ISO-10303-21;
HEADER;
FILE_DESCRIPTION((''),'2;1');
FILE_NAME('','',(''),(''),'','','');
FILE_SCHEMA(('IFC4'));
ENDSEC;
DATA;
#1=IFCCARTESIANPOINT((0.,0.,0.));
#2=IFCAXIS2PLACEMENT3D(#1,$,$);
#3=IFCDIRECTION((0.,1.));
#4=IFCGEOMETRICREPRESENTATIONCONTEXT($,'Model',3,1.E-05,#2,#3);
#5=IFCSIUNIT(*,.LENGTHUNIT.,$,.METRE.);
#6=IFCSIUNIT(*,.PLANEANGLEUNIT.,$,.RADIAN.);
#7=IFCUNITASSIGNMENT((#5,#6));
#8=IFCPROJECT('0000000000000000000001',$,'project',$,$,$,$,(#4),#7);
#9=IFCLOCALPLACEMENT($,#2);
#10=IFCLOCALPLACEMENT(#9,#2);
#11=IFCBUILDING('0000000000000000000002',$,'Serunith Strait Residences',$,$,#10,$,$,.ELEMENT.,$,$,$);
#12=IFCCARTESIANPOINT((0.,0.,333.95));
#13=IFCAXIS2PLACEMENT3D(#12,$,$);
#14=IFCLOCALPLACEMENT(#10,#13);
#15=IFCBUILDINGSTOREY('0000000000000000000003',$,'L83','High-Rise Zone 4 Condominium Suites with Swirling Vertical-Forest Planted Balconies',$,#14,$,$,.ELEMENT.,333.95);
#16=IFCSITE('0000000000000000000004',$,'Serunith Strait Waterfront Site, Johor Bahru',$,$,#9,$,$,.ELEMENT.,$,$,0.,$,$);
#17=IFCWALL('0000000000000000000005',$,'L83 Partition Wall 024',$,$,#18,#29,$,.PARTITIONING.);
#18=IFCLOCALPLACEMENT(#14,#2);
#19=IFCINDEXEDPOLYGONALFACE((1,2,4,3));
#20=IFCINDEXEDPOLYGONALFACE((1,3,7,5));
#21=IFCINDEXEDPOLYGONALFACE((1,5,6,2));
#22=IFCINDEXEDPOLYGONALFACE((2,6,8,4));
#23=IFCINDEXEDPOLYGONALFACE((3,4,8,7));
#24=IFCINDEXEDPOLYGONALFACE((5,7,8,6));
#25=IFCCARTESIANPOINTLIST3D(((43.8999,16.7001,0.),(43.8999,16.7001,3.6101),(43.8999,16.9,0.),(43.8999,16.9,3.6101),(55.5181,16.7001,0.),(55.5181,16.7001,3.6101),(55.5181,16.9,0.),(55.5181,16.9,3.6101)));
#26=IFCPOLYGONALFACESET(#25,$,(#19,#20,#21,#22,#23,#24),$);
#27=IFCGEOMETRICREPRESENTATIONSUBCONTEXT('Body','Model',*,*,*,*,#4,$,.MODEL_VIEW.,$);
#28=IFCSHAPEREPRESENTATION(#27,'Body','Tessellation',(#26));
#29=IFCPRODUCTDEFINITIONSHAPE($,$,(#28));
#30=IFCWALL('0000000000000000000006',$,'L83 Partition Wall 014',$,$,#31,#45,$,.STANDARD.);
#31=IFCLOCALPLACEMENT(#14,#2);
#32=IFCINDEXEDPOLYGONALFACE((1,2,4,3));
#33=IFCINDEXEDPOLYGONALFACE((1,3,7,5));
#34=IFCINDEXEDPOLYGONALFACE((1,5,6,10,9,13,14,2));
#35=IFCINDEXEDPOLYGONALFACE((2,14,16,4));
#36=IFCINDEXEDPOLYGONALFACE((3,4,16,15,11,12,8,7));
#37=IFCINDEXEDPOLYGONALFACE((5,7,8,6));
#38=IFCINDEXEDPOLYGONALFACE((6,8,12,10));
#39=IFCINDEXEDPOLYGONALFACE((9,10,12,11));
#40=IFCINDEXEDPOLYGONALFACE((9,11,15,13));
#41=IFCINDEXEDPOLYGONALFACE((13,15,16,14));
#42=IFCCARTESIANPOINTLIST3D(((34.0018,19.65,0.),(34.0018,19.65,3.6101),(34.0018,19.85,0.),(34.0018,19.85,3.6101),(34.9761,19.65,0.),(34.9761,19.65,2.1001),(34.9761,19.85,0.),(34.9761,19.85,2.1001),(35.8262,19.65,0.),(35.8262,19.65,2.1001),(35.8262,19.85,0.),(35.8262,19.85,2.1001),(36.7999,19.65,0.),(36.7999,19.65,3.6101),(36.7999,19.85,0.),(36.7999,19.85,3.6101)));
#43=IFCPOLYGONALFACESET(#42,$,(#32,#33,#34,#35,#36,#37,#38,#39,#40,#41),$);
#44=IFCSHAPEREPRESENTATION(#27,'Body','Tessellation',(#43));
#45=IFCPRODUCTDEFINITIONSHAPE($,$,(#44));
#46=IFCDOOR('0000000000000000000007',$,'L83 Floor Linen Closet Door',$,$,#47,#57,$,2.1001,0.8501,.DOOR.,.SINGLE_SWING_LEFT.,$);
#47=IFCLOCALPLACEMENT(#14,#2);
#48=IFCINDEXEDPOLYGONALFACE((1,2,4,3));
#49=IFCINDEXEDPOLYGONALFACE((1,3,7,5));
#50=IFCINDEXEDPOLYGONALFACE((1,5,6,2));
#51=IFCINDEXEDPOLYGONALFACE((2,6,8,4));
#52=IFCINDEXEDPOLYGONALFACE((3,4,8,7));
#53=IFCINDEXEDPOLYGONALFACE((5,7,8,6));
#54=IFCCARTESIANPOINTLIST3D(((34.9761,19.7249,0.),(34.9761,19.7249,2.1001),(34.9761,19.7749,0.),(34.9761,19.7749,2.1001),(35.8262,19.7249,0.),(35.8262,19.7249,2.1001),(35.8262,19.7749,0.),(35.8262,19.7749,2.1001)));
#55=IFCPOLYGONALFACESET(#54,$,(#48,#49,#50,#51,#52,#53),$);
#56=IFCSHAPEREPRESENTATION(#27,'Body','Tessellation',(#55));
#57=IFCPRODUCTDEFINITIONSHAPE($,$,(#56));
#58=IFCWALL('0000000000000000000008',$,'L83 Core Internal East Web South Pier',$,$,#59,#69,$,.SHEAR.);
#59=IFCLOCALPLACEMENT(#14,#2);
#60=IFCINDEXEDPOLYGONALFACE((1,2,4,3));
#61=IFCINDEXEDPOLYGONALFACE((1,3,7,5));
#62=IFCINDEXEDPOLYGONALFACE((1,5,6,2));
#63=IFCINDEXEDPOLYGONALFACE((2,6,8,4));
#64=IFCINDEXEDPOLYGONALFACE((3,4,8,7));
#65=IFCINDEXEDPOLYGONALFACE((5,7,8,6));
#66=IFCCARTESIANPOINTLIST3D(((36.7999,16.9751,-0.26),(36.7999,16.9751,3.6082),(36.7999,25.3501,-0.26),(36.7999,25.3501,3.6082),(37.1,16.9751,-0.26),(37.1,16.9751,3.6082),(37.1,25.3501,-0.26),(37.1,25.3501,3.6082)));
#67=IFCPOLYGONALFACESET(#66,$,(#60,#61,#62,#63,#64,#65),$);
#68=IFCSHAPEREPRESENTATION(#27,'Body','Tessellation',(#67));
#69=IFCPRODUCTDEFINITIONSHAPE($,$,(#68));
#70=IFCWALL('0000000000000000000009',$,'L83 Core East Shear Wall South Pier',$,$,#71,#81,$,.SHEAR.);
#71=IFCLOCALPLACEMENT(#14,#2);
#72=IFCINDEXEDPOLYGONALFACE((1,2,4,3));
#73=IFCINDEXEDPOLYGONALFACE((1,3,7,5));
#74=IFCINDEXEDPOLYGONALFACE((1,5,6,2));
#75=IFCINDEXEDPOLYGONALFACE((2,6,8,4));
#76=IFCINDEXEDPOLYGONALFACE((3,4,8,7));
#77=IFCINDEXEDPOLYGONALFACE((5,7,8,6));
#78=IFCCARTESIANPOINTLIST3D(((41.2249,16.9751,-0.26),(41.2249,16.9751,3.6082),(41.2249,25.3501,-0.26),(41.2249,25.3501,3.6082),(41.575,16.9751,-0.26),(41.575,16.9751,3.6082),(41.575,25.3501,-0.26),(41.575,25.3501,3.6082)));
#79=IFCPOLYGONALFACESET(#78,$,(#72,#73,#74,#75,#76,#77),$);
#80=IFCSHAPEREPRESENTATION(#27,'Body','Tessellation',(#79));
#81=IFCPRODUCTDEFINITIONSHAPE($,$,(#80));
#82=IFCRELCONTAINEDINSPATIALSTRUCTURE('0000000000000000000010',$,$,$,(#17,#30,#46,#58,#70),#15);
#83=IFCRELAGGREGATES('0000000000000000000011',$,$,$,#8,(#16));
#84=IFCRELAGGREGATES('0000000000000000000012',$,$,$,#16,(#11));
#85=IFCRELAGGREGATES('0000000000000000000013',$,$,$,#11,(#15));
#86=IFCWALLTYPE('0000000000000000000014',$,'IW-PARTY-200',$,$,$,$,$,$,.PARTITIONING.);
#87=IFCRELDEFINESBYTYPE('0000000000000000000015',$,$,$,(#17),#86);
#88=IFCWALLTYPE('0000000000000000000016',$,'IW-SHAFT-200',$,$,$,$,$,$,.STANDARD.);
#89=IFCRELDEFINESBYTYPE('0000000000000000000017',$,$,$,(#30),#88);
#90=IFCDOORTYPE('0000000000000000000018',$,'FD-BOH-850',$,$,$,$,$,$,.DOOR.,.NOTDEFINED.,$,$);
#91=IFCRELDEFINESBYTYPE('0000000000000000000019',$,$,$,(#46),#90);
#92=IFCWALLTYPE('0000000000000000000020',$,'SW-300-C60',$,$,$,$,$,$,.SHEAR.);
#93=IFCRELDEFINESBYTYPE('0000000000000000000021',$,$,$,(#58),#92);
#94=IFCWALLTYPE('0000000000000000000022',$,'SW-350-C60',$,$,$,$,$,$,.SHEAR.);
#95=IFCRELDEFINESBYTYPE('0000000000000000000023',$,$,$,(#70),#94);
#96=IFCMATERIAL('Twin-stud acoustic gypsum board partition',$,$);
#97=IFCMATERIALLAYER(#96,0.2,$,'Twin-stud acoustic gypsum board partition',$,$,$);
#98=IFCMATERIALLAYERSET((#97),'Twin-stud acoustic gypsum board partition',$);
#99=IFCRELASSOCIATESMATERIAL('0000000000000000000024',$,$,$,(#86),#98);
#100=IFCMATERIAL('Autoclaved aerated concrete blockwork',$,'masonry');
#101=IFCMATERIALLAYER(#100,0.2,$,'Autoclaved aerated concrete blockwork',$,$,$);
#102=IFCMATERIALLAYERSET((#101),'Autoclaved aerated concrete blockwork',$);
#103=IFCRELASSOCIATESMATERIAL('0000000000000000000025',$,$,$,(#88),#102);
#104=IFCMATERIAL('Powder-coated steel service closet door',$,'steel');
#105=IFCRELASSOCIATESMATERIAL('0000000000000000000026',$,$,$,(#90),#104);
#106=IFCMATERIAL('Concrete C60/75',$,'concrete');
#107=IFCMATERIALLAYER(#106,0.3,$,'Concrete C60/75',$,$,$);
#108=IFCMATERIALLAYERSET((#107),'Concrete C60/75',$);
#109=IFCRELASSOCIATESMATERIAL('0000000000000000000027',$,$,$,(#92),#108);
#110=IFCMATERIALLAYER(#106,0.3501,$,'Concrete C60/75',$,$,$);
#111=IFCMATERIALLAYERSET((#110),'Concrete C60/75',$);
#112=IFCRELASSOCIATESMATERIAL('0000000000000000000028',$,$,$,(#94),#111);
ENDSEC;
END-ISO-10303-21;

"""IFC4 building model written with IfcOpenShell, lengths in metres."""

from ifc_helpers import new_model, si_unit, direction, frame, frame_2d, origin, place, context, subcontext, project, spatial, rectangle, extrude, source, transform, mapped, material, layer, layer_set, type_object, element, fill, save


model = new_model("IFC4")

# Units and contexts
model_context = context("Model", 3, precision=1e-05, world=origin(), true_north=direction((0.0, 1.0)))
body_context = subcontext(model_context, "Body", "Model", "MODEL_VIEW")
ifc_project = project(units=[si_unit("LENGTHUNIT", "METRE"), si_unit("PLANEANGLEUNIT", "RADIAN")], contexts=[model_context])

# Site, building, storey
site_placement = place(None, origin())
site = spatial("IfcSite", under=ifc_project, at=site_placement, Name="Serunith Strait Waterfront Site, Johor Bahru", CompositionType="ELEMENT", RefElevation=0.0)
building_placement = place(site_placement, origin())
building = spatial("IfcBuilding", under=site, at=building_placement, Name="Serunith Strait Residences", CompositionType="ELEMENT")
storey_placement = place(building_placement, frame((0.0, 0.0, 333.95)))
storey = spatial("IfcBuildingStorey", under=building, at=storey_placement, Name="L83", Description="High-Rise Zone 4 Condominium Suites with Swirling Vertical-Forest Planted Balconies", CompositionType="ELEMENT", Elevation=333.95)

# Shared definitions
ifc_material_1 = material(Name="Concrete C60/75", Category="concrete")

# Shared definitions
shared_shape_1 = source(origin(), body_context, "Body", "SweptSolid", [
    extrude(rectangle(XDim=0.8501, YDim=2.1001, at=frame_2d((0.425, 1.05))), frame((0.0, 0.0249, 0.0), z_axis=(0.0, -1.0, 0.0), x_axis=(1.0, 0.0, 0.0)), (0.0, 0.0, 1.0), 0.05),
])

# Wall
ifc_material_2 = material(Name="Twin-stud acoustic gypsum board partition")
ifc_layer_1 = layer(ifc_material_2, 0.2, Name="Twin-stud acoustic gypsum board partition")
ifc_layer_set_1 = layer_set([ifc_layer_1], Name="Twin-stud acoustic gypsum board partition")
wall_type_1 = type_object("IfcWallType", Name="IW-PARTY-200", PredefinedType="PARTITIONING", material=ifc_layer_set_1)
wall_1_placement = place(storey_placement, frame((43.8999, 16.8, 0.0), z_axis=(0.0, 0.0, 1.0), x_axis=(1.0, 0.0, 0.0)))
element("IfcWall", 1, at=wall_1_placement, inside=storey, type_object=wall_type_1, Name="L83 Partition Wall 024", PredefinedType="PARTITIONING", context=body_context, shape_type="SweptSolid", body=[
    extrude(rectangle(XDim=11.6182, YDim=0.2, at=frame_2d((5.8091, 0.0))), origin(), (0.0, 0.0, 1.0), 3.6101),
])

# Wall, opening, door
ifc_material_3 = material(Name="Autoclaved aerated concrete blockwork", Category="masonry")
ifc_layer_2 = layer(ifc_material_3, 0.2, Name="Autoclaved aerated concrete blockwork")
ifc_layer_set_2 = layer_set([ifc_layer_2], Name="Autoclaved aerated concrete blockwork")
wall_type_2 = type_object("IfcWallType", Name="IW-SHAFT-200", PredefinedType="STANDARD", material=ifc_layer_set_2)
wall_2_placement = place(storey_placement, frame((34.002, 19.75, 0.0), z_axis=(0.0, 0.0, 1.0), x_axis=(1.0, 0.0, 0.0)))
wall_2 = element("IfcWall", 2, at=wall_2_placement, inside=storey, type_object=wall_type_2, Name="L83 Partition Wall 014", PredefinedType="STANDARD", context=body_context, shape_type="SweptSolid", body=[
    extrude(rectangle(XDim=2.7981, YDim=0.2, at=frame_2d((1.3989, 0.0))), origin(), (0.0, 0.0, 1.0), 3.6101),
])
opening_1_placement = place(wall_2_placement, frame((0.9741, 0.0, 0.0)))
opening_1 = element("IfcOpeningElement", 3, at=opening_1_placement, cuts=wall_2, PredefinedType="OPENING", context=body_context, shape_type="SweptSolid", body=[
    extrude(rectangle(XDim=0.8501, YDim=2.1001, at=frame_2d((0.425, 1.05))), frame((0.0, 0.1099, 0.0), z_axis=(0.0, -1.0, 0.0), x_axis=(1.0, 0.0, 0.0)), (0.0, 0.0, 1.0), 0.22),
])
ifc_material_4 = material(Name="Powder-coated steel service closet door", Category="steel")
door_type_1 = type_object("IfcDoorType", Name="FD-BOH-850", OperationType="NOTDEFINED", PredefinedType="DOOR", material=ifc_material_4)
door_1_placement = place(opening_1_placement, origin())
door_1 = element("IfcDoor", 4, at=door_1_placement, inside=storey, type_object=door_type_1, Name="L83 Floor Linen Closet Door", OperationType="SINGLE_SWING_LEFT", OverallHeight=2.1001, OverallWidth=0.8501, PredefinedType="DOOR", context=body_context, shape_type="MappedRepresentation", body=[
    mapped(shared_shape_1, transform((0.0, 0.0, 0.0), scale=1.0)),
])
fill(opening_1, door_1)

# Walls
ifc_layer_3 = layer(ifc_material_1, 0.3, Name="Concrete C60/75")
ifc_layer_set_3 = layer_set([ifc_layer_3], Name="Concrete C60/75")
wall_type_3 = type_object("IfcWallType", Name="SW-300-C60", PredefinedType="SHEAR", material=ifc_layer_set_3)
wall_3_placement = place(storey_placement, frame((36.95, 16.9751, -0.26), z_axis=(0.0, 0.0, 1.0), x_axis=(0.0, 1.0, 0.0)))
element("IfcWall", 5, at=wall_3_placement, inside=storey, type_object=wall_type_3, Name="L83 Core Internal East Web South Pier", PredefinedType="SHEAR", context=body_context, shape_type="SweptSolid", body=[
    extrude(rectangle(XDim=8.375, YDim=0.3, at=frame_2d((4.1875, 0.0))), origin(), (0.0, 0.0, 1.0), 3.8682),
])
ifc_layer_4 = layer(ifc_material_1, 0.3501, Name="Concrete C60/75")
ifc_layer_set_4 = layer_set([ifc_layer_4], Name="Concrete C60/75")
wall_type_4 = type_object("IfcWallType", Name="SW-350-C60", PredefinedType="SHEAR", material=ifc_layer_set_4)
wall_4_placement = place(storey_placement, frame((41.3999, 16.9751, -0.26), z_axis=(0.0, 0.0, 1.0), x_axis=(0.0, 1.0, 0.0)))
element("IfcWall", 6, at=wall_4_placement, inside=storey, type_object=wall_type_4, Name="L83 Core East Shear Wall South Pier", PredefinedType="SHEAR", context=body_context, shape_type="SweptSolid", body=[
    extrude(rectangle(XDim=8.375, YDim=0.3501, at=frame_2d((4.1875, 0.0))), origin(), (0.0, 0.0, 1.0), 3.8682),
])

save(model, "model.ifc")
